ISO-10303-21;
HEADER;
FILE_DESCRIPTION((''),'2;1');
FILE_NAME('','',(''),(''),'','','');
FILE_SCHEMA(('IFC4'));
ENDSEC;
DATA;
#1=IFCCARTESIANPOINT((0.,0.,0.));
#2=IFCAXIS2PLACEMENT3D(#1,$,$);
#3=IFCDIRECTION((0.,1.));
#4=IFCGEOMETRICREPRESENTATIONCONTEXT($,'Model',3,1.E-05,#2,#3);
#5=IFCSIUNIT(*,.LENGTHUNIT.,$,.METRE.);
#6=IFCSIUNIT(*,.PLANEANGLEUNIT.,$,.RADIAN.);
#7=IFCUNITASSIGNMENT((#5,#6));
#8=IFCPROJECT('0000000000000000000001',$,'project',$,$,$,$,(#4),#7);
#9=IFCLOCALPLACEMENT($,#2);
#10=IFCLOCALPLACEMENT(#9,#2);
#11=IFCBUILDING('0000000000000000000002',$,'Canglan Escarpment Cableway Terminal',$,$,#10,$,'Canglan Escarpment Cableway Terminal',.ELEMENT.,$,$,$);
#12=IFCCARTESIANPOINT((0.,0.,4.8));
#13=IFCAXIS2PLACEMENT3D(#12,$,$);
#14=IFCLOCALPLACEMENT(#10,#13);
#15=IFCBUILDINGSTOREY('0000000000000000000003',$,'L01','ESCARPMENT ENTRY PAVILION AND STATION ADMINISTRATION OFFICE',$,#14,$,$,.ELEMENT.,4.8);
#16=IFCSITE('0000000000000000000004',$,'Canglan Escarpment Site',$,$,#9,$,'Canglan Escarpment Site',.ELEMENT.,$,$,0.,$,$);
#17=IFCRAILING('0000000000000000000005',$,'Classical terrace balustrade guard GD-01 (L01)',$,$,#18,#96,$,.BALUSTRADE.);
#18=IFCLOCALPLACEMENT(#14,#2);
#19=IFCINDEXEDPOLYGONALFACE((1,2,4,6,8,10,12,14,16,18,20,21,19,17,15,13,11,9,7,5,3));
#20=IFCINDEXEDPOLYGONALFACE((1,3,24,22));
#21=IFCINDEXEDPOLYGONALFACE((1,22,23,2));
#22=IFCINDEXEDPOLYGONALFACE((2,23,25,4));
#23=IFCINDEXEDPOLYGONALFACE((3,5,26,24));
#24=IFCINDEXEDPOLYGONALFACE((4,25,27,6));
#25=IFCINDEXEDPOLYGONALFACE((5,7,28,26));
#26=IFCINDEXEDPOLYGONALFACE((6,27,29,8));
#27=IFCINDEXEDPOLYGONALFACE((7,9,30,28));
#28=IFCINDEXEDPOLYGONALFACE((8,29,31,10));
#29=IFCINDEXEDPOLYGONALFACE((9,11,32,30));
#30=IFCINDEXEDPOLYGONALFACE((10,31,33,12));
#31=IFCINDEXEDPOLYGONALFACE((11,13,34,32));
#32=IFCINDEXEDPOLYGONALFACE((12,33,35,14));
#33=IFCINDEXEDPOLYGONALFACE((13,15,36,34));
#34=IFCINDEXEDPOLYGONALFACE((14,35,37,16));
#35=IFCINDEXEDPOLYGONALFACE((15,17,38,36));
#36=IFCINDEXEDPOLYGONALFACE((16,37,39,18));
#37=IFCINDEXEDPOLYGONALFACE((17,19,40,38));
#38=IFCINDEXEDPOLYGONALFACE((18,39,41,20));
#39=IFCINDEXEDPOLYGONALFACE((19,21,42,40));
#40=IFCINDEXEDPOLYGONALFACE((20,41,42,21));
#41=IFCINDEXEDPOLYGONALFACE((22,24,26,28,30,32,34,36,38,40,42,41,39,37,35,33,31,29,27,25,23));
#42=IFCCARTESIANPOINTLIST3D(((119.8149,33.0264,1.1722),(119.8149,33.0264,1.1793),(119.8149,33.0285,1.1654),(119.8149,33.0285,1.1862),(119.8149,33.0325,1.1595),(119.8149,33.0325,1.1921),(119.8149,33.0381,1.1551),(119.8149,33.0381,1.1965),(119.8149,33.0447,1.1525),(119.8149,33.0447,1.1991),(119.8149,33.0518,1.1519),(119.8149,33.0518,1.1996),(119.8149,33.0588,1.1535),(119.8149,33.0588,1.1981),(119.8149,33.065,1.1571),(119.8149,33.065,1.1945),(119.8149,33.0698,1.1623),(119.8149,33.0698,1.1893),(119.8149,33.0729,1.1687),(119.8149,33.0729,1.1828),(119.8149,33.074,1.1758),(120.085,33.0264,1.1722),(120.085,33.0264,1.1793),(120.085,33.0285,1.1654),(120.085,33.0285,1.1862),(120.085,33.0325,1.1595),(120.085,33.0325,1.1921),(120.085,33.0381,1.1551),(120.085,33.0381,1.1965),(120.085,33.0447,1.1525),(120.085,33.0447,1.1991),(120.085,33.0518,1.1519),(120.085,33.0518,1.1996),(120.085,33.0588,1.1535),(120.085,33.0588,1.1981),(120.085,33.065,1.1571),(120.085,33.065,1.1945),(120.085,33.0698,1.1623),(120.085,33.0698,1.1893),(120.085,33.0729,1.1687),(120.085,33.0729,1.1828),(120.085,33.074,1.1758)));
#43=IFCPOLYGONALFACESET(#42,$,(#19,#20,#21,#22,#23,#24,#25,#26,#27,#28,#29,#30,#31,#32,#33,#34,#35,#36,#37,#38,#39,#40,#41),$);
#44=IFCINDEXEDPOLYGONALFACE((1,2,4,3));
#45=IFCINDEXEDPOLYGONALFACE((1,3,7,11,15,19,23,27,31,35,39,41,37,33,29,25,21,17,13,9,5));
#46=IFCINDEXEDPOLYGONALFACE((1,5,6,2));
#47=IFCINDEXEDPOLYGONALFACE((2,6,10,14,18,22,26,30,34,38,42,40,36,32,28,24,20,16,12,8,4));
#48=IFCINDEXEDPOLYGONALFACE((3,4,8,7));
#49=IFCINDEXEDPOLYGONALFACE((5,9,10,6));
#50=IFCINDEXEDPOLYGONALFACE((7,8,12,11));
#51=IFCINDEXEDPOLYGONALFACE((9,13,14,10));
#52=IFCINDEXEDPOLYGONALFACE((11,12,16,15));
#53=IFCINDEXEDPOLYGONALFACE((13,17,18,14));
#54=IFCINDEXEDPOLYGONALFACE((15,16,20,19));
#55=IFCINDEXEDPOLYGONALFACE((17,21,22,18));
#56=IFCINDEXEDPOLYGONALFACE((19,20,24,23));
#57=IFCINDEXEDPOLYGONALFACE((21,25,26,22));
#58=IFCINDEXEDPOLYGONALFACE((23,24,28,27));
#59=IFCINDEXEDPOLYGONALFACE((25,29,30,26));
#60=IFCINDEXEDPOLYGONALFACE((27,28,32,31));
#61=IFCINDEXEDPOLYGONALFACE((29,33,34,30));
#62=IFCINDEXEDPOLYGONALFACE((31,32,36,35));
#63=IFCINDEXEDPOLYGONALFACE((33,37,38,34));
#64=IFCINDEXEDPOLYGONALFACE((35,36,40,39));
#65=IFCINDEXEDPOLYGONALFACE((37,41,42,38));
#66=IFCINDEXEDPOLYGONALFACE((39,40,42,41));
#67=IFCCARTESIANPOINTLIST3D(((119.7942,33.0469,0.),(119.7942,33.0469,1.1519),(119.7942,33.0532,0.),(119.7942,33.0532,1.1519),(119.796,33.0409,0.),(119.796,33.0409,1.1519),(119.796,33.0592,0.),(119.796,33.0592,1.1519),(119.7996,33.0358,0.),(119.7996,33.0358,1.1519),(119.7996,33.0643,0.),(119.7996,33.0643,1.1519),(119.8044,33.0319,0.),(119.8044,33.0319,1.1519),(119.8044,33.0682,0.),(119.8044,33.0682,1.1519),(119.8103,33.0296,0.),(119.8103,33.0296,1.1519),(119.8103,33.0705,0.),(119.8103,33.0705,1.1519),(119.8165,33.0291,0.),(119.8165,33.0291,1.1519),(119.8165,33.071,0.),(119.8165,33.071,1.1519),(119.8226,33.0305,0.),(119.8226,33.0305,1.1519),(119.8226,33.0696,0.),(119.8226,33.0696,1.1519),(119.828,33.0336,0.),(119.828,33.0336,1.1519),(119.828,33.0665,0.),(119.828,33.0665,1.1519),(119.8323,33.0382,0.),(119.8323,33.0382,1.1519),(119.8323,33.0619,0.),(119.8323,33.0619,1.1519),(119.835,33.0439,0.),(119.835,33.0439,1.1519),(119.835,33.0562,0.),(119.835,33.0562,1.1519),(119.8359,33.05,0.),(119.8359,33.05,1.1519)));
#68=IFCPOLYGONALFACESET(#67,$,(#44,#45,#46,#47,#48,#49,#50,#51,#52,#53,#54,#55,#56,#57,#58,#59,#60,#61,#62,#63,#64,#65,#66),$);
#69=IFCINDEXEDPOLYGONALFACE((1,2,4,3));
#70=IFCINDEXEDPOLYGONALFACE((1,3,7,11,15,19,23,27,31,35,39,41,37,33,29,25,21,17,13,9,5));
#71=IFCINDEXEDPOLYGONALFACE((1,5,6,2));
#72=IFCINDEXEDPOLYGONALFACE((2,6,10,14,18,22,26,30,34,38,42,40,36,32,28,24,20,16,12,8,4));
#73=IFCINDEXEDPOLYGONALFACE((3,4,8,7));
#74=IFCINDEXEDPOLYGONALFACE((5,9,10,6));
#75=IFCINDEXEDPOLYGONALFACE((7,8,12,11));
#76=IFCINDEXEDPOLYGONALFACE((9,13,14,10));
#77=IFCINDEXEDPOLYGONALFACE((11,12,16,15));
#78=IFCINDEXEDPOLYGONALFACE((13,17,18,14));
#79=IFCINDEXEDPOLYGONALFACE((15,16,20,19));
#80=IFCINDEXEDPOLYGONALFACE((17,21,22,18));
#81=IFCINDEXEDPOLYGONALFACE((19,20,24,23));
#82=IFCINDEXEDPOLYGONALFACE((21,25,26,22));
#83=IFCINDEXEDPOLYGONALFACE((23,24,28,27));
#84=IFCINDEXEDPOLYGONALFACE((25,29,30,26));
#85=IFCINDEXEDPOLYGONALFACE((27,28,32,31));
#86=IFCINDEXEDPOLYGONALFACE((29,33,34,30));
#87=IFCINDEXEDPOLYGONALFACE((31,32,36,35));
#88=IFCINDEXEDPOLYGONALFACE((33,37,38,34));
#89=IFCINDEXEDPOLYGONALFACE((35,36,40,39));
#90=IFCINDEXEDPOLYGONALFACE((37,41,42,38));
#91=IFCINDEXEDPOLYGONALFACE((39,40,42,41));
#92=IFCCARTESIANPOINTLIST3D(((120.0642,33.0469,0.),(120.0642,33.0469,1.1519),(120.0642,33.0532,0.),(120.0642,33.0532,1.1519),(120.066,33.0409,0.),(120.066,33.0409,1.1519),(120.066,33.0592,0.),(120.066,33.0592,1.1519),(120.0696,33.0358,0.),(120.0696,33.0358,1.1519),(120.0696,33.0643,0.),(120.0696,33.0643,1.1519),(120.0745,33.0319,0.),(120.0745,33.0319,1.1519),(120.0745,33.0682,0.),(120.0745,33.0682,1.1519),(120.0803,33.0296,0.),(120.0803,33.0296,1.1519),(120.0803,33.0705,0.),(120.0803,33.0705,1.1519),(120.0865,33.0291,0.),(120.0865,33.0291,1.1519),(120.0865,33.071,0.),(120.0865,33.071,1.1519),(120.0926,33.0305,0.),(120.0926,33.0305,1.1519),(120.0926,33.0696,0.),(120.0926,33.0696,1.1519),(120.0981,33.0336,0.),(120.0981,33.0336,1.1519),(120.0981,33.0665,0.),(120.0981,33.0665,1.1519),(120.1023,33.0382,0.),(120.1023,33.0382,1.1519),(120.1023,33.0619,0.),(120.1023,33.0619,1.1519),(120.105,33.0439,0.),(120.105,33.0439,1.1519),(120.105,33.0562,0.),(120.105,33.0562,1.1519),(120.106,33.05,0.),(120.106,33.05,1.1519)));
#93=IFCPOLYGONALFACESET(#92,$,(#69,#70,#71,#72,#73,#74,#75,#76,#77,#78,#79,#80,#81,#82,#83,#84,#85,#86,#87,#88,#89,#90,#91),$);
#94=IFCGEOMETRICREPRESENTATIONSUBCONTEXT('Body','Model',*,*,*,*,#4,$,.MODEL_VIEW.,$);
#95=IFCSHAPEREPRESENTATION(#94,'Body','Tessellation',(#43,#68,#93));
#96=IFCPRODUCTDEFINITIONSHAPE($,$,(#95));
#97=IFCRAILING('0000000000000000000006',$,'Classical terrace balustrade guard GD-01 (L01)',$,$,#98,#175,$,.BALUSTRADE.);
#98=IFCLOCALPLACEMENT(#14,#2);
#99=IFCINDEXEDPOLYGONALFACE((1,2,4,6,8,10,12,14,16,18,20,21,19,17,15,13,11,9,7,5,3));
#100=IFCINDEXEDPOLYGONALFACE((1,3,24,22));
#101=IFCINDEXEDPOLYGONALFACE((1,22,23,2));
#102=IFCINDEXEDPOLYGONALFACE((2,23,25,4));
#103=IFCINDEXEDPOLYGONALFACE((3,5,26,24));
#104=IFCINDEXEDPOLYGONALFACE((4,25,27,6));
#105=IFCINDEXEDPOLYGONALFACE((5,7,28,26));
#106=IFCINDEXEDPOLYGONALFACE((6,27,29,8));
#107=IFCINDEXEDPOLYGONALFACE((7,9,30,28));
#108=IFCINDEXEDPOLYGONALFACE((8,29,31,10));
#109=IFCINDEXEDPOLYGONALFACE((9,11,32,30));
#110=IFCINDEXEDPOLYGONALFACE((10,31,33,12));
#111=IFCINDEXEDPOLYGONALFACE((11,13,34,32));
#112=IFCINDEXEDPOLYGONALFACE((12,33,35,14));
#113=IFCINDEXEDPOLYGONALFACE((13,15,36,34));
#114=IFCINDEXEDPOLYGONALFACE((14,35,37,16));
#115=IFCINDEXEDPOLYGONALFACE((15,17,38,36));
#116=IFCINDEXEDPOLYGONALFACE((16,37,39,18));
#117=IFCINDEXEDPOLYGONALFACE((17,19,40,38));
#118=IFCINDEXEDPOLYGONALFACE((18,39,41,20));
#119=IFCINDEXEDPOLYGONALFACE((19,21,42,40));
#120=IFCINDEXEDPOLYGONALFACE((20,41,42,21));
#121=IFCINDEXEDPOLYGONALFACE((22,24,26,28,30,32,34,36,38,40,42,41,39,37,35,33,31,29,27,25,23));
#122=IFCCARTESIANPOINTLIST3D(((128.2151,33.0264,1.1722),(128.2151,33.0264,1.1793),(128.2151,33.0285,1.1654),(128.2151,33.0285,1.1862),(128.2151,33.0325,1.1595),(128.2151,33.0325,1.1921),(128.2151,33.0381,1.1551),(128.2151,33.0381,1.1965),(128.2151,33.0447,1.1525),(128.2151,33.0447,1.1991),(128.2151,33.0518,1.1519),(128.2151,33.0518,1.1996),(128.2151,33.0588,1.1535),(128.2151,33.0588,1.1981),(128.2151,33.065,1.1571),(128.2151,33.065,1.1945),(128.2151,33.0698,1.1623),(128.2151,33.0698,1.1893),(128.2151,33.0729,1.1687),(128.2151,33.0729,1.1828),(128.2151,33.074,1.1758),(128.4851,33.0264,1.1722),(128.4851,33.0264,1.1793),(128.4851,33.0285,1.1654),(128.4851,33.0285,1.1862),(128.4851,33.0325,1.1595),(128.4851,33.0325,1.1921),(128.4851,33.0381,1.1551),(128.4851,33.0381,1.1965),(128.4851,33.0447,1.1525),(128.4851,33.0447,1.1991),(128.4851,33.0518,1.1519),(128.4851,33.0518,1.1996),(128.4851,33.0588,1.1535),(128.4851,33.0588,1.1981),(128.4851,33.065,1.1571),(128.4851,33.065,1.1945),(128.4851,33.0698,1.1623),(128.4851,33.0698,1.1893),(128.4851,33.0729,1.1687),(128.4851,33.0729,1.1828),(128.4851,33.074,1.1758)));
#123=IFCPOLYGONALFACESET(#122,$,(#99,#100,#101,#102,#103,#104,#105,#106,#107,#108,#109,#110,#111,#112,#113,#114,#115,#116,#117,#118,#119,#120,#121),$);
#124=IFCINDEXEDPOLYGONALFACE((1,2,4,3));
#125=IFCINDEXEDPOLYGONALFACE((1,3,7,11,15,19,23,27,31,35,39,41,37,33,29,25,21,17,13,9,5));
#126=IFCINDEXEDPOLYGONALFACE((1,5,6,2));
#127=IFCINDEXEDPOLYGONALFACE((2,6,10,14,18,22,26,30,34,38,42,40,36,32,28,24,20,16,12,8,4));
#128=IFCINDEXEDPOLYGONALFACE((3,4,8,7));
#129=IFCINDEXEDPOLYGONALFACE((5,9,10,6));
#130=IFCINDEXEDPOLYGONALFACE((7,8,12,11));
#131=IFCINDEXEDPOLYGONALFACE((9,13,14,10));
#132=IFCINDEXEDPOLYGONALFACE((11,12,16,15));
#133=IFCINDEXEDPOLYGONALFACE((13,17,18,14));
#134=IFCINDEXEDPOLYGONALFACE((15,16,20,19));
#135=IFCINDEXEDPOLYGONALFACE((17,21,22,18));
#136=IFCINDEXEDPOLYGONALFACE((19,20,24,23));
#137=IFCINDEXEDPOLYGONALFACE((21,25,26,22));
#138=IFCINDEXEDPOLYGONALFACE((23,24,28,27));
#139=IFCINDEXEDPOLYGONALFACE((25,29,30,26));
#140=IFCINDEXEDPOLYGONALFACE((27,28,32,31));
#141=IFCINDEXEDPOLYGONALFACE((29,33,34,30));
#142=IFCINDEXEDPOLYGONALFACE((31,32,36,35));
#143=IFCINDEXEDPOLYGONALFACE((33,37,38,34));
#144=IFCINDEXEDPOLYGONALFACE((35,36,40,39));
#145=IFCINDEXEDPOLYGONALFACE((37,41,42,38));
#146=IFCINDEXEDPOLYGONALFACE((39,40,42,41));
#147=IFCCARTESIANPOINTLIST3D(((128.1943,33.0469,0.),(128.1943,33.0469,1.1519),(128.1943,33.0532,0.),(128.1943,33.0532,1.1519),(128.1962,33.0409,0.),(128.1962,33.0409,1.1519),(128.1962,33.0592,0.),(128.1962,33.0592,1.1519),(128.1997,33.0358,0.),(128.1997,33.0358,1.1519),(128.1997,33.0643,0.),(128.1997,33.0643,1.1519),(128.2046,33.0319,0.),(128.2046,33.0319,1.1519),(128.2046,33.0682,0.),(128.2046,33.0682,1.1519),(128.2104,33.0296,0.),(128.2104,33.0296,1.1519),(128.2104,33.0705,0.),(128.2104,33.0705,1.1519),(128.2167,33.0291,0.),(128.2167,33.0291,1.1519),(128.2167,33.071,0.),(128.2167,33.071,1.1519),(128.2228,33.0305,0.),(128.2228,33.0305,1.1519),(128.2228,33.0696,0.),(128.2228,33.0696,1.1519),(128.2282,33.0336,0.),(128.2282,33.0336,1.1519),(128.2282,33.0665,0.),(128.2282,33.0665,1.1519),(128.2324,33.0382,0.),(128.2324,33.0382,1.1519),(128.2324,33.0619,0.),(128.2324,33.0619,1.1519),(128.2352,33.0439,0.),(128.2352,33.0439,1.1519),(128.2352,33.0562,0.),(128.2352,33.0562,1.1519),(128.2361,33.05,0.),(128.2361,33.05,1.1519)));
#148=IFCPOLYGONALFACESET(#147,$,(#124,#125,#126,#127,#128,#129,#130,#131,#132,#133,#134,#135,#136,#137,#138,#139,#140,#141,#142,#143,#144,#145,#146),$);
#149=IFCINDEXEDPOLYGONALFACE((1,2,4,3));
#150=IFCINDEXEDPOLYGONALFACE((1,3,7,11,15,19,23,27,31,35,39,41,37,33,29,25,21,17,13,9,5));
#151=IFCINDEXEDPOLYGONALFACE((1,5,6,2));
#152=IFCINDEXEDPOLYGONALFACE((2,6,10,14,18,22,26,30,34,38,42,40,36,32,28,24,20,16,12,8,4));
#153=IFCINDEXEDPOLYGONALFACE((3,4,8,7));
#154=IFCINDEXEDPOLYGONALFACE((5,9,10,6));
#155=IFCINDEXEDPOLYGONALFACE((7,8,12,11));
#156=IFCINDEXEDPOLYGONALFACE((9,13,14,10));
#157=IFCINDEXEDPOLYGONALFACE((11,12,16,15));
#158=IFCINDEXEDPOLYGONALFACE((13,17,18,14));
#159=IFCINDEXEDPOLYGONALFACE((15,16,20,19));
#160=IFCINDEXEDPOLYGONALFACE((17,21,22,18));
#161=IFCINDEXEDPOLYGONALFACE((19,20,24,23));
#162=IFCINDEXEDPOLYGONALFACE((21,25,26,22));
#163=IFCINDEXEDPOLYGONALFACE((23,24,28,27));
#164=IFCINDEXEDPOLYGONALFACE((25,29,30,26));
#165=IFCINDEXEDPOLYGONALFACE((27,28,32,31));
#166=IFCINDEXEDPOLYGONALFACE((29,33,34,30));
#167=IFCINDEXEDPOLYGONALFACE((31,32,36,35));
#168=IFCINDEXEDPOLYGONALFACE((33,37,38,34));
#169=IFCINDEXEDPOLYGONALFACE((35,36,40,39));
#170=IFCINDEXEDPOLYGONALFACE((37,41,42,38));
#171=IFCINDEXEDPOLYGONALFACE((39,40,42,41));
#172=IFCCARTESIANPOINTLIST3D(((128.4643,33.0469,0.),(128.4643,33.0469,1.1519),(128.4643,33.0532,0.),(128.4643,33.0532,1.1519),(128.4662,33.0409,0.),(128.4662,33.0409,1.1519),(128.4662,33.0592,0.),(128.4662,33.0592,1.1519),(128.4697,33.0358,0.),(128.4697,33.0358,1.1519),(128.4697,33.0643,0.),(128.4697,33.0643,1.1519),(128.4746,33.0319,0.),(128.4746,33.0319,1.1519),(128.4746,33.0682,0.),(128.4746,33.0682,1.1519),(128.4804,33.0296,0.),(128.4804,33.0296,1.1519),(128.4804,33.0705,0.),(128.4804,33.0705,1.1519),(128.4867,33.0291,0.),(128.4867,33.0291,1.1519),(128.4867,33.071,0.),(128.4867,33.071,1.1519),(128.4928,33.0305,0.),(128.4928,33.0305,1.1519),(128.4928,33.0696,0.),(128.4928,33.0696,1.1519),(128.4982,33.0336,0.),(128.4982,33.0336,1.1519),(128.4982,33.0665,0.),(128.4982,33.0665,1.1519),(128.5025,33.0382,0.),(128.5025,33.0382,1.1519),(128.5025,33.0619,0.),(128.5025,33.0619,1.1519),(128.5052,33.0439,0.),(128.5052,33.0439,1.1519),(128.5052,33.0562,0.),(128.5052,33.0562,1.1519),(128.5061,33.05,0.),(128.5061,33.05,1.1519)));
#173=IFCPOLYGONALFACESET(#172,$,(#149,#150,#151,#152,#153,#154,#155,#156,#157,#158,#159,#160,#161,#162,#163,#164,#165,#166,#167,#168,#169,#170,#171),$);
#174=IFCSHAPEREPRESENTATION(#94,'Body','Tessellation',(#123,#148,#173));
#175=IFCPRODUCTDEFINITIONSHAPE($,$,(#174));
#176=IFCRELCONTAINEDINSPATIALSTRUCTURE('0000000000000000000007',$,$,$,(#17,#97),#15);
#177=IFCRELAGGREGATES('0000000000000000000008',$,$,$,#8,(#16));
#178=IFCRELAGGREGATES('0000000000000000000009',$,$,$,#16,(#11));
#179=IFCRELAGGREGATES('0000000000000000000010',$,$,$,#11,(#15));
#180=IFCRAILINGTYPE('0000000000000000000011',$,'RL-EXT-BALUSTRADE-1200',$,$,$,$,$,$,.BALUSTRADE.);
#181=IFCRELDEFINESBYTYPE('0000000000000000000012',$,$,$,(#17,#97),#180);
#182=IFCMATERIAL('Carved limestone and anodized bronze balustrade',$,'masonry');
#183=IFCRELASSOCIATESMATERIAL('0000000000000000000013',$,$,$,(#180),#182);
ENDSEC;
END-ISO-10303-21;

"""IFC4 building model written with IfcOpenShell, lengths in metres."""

from ifc_helpers import new_model, si_unit, direction, frame, origin, origin_2d, place, context, subcontext, project, spatial, circle, extrude, material, type_object, element, save


model = new_model("IFC4")

# Units and contexts
model_context = context("Model", 3, precision=1e-05, world=origin(), true_north=direction((0.0, 1.0)))
body_context = subcontext(model_context, "Body", "Model", "MODEL_VIEW")
ifc_project = project(units=[si_unit("LENGTHUNIT", "METRE"), si_unit("PLANEANGLEUNIT", "RADIAN")], contexts=[model_context])

# Site, building, storey
site_placement = place(None, origin())
site = spatial("IfcSite", under=ifc_project, at=site_placement, Name="Canglan Escarpment Site", LongName="Canglan Escarpment Site", CompositionType="ELEMENT", RefElevation=0.0)
building_placement = place(site_placement, origin())
building = spatial("IfcBuilding", under=site, at=building_placement, Name="Canglan Escarpment Cableway Terminal", LongName="Canglan Escarpment Cableway Terminal", CompositionType="ELEMENT")
storey_placement = place(building_placement, frame((0.0, 0.0, 4.8)))
storey = spatial("IfcBuildingStorey", under=building, at=storey_placement, Name="L01", Description="ESCARPMENT ENTRY PAVILION AND STATION ADMINISTRATION OFFICE", CompositionType="ELEMENT", Elevation=4.8)

# Railings
ifc_material_1 = material(Name="Carved limestone and anodized bronze balustrade", Category="masonry")
railing_type = type_object("IfcRailingType", Name="RL-EXT-BALUSTRADE-1200", PredefinedType="BALUSTRADE", material=ifc_material_1)
for number, where, name in (
    (1, (119.8149, 33.05, 0.0), "Classical terrace balustrade guard GD-01 (L01)"),
    (2, (128.2151, 33.05, 0.0), "Classical terrace balustrade guard GD-01 (L01)"),
):
    element("IfcRailing", number, at=place(storey_placement, frame(where)), inside=storey, type_object=railing_type, Name=name, PredefinedType="BALUSTRADE", context=body_context, shape_type="SweptSolid", body=[
        extrude(circle(Radius=0.0239, at=origin_2d()), frame((0.0, 0.0, 1.1758), z_axis=(1.0, 0.0, 0.0), x_axis=(0.0, 1.0, 0.0)), (0.0, 0.0, 1.0), 0.27),
        extrude(circle(Radius=0.021, at=origin_2d()), origin(), (0.0, 0.0, 1.0), 1.1519),
        extrude(circle(Radius=0.021, at=origin_2d()), frame((0.27, 0.0, 0.0)), (0.0, 0.0, 1.0), 1.1519),
    ])

save(model, "model.ifc")
